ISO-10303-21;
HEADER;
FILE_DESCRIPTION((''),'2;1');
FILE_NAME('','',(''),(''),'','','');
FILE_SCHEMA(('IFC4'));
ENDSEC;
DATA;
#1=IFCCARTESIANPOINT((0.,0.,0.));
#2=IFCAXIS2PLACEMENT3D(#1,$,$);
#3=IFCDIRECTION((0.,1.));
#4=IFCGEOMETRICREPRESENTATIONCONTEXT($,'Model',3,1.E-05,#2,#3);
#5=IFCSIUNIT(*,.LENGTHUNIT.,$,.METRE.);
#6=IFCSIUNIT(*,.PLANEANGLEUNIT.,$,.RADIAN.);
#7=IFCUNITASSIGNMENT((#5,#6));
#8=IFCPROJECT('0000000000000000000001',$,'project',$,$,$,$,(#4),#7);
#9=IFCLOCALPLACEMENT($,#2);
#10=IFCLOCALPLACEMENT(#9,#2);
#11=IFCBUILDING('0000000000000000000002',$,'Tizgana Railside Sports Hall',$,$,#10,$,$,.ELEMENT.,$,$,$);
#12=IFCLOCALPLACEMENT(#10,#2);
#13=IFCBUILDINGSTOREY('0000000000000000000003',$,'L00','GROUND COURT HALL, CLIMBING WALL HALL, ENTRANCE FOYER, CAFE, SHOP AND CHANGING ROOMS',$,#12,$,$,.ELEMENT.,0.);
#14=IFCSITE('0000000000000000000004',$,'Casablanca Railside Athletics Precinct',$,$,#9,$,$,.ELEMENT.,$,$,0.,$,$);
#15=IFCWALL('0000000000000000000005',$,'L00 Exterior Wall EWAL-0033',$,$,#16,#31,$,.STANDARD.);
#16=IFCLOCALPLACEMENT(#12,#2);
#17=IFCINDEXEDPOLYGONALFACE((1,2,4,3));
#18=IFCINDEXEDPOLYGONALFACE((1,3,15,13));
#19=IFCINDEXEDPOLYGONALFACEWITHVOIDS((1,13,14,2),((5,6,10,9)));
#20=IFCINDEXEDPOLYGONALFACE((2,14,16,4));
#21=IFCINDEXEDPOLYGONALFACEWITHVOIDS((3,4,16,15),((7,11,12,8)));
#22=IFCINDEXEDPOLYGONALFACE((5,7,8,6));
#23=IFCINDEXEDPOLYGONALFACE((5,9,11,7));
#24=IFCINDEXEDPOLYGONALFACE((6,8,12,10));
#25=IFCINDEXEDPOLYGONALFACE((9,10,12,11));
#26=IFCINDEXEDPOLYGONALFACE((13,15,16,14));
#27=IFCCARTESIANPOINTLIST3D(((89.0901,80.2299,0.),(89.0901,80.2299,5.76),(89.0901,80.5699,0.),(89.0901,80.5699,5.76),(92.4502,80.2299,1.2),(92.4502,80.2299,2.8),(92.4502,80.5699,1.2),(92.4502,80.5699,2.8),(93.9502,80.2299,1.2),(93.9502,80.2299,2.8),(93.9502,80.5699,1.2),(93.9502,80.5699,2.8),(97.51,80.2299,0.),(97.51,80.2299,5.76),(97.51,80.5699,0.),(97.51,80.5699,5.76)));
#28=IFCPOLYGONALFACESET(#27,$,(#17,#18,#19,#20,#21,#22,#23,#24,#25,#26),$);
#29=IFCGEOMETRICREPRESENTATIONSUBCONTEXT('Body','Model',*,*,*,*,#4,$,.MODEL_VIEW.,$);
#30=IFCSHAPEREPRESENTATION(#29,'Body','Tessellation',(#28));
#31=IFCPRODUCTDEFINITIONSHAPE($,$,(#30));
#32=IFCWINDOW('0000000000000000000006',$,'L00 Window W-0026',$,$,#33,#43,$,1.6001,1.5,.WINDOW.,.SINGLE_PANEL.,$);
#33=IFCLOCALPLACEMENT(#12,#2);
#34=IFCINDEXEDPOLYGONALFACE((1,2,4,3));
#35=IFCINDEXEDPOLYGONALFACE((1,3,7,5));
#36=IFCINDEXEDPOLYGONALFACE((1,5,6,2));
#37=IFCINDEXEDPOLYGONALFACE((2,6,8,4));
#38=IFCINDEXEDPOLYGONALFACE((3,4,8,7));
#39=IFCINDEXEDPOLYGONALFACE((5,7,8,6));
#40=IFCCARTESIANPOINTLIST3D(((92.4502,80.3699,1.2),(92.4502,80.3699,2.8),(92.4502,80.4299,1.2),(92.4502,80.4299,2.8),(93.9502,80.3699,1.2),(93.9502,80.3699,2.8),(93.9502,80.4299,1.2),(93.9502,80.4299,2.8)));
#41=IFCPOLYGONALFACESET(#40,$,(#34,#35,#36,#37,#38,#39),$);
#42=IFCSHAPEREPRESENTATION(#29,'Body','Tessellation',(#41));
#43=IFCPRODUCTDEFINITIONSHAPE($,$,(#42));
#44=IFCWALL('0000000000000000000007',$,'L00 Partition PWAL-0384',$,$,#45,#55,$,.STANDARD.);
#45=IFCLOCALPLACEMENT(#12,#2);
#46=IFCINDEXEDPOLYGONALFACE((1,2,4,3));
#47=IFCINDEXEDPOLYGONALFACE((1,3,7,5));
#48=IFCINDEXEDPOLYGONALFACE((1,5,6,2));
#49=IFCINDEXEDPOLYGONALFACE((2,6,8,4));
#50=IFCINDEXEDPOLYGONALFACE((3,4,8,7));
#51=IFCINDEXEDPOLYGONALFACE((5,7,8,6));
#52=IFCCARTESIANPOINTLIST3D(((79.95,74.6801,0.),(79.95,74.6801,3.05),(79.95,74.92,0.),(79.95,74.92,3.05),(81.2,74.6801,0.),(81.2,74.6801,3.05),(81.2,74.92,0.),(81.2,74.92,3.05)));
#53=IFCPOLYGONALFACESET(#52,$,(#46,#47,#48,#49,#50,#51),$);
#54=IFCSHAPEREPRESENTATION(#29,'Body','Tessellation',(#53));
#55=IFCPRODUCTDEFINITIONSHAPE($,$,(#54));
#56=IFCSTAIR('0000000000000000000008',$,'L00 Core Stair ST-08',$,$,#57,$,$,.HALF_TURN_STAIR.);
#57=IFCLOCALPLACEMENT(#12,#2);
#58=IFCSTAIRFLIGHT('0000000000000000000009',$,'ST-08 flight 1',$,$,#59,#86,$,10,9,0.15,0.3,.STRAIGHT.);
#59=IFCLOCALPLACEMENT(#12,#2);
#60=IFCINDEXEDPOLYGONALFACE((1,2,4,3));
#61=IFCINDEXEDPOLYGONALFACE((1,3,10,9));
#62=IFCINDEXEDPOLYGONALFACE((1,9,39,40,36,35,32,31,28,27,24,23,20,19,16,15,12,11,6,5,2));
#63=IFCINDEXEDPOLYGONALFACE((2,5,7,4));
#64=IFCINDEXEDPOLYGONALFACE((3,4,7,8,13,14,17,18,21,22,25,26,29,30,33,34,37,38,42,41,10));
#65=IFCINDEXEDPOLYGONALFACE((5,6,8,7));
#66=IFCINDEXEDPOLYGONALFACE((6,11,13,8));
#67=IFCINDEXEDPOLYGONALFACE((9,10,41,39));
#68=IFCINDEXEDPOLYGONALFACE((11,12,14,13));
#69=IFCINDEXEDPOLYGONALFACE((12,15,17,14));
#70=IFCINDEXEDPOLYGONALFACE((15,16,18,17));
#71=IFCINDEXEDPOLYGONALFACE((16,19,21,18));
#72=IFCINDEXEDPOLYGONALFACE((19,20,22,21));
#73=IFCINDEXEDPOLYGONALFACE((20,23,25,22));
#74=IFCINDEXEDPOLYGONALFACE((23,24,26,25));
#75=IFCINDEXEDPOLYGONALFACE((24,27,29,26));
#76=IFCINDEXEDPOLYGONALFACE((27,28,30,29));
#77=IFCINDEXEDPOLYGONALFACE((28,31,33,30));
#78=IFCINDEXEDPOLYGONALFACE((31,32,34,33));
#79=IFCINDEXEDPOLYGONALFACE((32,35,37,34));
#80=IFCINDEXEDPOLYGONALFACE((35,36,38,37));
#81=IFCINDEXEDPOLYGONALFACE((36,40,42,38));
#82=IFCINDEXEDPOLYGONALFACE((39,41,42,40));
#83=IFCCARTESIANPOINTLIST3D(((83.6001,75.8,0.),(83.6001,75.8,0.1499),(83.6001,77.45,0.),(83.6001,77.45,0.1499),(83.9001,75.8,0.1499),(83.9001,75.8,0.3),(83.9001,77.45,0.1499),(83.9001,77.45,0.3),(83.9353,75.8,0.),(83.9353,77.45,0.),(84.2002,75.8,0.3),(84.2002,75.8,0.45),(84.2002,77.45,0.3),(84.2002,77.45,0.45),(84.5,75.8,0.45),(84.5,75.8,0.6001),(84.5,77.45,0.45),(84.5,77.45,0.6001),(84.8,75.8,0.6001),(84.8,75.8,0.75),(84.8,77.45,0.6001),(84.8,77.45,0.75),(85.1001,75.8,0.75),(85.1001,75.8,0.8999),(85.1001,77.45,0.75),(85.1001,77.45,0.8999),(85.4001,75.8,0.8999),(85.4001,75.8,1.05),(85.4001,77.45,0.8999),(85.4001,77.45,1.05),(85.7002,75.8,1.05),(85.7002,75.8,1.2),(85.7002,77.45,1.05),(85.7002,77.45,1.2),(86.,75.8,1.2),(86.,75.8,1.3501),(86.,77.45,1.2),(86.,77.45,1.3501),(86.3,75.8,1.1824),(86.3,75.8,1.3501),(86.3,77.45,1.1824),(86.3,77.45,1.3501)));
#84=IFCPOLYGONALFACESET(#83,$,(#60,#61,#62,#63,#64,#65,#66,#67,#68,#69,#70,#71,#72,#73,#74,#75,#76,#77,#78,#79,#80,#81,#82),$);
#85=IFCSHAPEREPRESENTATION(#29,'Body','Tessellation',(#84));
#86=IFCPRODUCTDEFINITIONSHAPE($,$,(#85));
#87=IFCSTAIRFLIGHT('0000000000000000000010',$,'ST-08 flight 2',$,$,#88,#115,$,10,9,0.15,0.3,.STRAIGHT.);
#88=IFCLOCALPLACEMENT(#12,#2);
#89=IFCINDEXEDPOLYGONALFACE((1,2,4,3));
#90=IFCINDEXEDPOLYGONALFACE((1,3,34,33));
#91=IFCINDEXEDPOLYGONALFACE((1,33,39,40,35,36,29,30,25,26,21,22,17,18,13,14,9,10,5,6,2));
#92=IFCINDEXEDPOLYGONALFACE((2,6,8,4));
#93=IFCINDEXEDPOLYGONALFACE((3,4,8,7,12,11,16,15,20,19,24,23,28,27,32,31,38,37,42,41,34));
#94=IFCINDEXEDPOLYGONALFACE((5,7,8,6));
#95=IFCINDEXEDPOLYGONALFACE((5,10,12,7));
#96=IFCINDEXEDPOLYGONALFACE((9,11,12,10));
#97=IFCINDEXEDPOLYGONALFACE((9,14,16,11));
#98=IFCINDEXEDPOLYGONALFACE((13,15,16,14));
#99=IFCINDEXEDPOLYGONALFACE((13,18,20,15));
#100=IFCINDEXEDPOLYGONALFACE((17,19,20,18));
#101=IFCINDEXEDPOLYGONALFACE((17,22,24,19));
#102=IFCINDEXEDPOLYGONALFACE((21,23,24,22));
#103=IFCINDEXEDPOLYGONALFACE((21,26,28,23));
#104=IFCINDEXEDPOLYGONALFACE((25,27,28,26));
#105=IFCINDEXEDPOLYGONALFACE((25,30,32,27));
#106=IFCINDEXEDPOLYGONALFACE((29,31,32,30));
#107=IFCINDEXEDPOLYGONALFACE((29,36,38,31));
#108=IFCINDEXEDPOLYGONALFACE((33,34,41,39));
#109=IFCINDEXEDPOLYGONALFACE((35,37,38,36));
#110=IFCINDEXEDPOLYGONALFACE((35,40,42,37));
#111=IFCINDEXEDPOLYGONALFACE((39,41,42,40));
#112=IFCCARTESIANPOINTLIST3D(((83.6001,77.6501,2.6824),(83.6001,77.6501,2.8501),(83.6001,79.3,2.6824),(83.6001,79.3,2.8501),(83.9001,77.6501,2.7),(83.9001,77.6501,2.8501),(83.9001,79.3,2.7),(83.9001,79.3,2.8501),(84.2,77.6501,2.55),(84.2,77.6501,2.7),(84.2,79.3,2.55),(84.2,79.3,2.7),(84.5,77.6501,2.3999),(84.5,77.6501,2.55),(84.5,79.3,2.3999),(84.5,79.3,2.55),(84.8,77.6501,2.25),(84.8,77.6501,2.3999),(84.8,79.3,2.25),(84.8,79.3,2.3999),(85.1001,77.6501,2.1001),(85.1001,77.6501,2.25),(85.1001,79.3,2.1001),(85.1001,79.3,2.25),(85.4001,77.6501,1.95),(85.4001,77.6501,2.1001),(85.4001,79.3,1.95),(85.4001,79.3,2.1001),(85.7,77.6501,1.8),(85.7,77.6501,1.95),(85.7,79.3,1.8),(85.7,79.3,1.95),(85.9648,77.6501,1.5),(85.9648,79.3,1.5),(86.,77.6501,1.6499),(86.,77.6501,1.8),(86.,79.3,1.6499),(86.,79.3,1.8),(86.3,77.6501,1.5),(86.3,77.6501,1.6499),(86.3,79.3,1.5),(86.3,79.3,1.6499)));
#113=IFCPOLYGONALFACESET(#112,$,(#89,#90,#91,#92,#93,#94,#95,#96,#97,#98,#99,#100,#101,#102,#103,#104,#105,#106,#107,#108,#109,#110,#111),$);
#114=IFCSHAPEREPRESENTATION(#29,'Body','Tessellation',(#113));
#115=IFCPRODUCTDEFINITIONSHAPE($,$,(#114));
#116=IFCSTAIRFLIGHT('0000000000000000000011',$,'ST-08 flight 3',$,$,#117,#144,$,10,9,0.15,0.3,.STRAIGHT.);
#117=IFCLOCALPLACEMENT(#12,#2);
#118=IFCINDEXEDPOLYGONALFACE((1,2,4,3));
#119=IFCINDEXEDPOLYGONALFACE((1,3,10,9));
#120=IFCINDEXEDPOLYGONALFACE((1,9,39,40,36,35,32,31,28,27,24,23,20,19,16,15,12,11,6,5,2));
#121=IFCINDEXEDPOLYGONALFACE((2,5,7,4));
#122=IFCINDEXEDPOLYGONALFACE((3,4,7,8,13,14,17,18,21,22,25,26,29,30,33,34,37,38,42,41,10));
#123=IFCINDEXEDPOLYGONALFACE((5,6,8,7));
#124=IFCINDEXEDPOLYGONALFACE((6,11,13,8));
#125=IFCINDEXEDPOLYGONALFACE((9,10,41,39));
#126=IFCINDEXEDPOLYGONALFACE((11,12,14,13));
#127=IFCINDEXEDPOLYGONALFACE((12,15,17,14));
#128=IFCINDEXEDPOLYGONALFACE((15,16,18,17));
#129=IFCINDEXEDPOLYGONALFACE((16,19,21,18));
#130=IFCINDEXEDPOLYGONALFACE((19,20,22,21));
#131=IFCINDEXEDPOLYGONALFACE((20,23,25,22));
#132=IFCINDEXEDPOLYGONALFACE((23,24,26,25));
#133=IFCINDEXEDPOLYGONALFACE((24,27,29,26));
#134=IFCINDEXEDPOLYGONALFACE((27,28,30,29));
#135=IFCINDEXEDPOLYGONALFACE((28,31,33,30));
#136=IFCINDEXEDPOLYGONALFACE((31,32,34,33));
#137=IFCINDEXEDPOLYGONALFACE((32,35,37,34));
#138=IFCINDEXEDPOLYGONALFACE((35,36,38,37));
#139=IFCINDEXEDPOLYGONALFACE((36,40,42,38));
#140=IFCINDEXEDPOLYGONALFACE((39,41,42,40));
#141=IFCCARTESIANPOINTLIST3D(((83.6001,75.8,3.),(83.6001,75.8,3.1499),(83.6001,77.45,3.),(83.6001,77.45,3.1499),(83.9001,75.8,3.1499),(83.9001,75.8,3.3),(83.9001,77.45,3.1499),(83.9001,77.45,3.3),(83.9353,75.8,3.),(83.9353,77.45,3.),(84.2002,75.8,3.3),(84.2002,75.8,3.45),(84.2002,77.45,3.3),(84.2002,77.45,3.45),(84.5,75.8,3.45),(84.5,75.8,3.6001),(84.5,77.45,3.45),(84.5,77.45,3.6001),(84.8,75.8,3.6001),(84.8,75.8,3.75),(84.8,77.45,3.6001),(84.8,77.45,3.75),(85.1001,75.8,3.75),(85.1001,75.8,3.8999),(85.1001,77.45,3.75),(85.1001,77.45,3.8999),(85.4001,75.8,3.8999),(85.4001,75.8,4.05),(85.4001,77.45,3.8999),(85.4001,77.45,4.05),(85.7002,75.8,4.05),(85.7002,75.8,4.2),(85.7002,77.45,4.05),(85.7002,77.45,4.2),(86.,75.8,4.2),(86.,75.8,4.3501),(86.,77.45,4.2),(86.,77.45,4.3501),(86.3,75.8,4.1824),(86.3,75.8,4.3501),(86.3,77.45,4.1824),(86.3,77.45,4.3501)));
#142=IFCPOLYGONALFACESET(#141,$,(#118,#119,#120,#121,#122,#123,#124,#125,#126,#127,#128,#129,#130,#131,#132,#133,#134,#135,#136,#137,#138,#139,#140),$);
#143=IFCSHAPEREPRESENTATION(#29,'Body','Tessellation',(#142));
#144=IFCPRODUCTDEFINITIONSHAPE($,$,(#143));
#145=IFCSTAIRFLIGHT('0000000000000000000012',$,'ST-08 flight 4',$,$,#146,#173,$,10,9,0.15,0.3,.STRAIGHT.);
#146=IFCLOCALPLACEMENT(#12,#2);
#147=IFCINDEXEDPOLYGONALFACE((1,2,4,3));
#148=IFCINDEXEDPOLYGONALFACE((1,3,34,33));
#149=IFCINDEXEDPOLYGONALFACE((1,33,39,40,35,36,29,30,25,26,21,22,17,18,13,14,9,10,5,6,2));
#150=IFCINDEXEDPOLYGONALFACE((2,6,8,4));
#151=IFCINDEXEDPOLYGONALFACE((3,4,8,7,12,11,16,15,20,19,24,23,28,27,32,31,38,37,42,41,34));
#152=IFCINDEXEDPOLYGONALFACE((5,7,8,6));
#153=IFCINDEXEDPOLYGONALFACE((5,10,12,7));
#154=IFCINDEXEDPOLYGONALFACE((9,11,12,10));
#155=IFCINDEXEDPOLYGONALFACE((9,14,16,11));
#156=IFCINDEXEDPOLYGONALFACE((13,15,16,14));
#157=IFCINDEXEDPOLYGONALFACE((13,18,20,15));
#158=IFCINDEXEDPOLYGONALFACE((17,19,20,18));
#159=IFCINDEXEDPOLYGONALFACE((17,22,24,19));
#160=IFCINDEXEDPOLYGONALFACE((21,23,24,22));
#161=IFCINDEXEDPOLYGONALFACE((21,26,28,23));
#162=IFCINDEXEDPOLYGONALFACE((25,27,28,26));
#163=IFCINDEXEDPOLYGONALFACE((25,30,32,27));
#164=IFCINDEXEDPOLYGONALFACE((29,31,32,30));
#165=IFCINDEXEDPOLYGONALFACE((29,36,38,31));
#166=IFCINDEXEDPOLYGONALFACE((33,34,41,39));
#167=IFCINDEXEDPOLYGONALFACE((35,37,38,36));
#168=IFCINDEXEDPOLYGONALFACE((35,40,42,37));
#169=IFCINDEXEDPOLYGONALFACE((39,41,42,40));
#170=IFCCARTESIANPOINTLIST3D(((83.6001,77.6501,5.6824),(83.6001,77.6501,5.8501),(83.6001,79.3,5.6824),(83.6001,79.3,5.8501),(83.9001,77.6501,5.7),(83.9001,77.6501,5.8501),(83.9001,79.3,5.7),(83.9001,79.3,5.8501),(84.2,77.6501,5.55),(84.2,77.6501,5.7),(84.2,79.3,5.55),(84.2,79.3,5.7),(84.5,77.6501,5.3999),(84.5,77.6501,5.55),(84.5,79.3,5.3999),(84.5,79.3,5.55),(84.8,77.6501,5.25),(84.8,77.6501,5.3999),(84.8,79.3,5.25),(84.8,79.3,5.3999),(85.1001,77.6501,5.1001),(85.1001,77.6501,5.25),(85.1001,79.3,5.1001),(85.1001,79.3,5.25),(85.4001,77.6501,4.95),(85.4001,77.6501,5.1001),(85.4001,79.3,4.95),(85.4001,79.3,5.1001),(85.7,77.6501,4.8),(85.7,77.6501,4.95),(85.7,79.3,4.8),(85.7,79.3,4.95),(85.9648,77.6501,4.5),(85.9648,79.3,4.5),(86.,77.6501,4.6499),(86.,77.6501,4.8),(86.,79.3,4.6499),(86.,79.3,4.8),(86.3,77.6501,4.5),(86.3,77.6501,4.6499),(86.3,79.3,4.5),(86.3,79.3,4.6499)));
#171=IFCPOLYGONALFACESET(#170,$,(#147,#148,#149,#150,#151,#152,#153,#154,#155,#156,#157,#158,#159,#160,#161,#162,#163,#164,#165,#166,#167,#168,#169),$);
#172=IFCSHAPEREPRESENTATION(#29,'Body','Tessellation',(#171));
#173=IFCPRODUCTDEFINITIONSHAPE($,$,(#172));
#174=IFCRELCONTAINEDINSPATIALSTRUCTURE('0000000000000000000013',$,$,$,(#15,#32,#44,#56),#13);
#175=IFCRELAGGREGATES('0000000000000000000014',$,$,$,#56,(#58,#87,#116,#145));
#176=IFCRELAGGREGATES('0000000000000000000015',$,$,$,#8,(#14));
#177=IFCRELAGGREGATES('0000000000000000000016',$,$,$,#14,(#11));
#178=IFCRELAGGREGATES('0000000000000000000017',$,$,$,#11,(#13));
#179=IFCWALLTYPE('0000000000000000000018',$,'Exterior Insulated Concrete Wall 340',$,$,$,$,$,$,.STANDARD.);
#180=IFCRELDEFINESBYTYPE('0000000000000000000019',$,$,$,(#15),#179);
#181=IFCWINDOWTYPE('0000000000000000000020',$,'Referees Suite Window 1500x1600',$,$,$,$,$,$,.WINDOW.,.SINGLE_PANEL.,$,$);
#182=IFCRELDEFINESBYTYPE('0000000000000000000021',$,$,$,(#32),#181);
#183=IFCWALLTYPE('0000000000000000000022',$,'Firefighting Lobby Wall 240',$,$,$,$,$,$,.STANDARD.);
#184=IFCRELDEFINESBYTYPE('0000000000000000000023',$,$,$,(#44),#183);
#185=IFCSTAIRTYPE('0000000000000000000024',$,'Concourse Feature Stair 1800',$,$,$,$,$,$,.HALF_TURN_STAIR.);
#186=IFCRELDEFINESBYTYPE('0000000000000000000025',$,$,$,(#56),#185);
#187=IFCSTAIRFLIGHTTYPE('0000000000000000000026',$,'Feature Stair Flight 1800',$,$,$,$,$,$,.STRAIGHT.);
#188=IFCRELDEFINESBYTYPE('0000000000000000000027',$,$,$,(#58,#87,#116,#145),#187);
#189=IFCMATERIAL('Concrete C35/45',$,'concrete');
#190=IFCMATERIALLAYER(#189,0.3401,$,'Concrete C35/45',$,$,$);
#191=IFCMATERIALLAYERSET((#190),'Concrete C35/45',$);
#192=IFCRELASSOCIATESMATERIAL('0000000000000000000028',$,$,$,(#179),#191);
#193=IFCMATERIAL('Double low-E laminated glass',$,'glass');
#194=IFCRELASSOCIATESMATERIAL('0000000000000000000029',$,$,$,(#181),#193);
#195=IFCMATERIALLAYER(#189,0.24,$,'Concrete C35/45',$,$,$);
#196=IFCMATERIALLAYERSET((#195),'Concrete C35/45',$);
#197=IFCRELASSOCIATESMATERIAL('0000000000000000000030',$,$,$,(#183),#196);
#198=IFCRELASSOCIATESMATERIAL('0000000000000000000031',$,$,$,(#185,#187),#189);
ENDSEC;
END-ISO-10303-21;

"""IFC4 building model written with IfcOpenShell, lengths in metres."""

from ifc_helpers import new_model, si_unit, direction, frame, frame_2d, origin, place, context, subcontext, project, spatial, polyline, rectangle, outline, extrude, material, layer, layer_set, type_object, element, fill, aggregate, save


model = new_model("IFC4")

# Units and contexts
model_context = context("Model", 3, precision=1e-05, world=origin(), true_north=direction((0.0, 1.0)))
body_context = subcontext(model_context, "Body", "Model", "MODEL_VIEW")
ifc_project = project(units=[si_unit("LENGTHUNIT", "METRE"), si_unit("PLANEANGLEUNIT", "RADIAN")], contexts=[model_context])

# Site, building, storey
site_placement = place(None, origin())
site = spatial("IfcSite", under=ifc_project, at=site_placement, Name="Casablanca Railside Athletics Precinct", CompositionType="ELEMENT", RefElevation=0.0)
building_placement = place(site_placement, origin())
building = spatial("IfcBuilding", under=site, at=building_placement, Name="Tizgana Railside Sports Hall", CompositionType="ELEMENT")
storey_placement = place(building_placement, origin())
storey = spatial("IfcBuildingStorey", under=building, at=storey_placement, Name="L00", Description="GROUND COURT HALL, CLIMBING WALL HALL, ENTRANCE FOYER, CAFE, SHOP AND CHANGING ROOMS", CompositionType="ELEMENT", Elevation=0.0)

# Shared definitions
ifc_material_1 = material(Name="Concrete C35/45", Category="concrete")
ifc_layer_1 = layer(ifc_material_1, 0.3401, Name="Concrete C35/45")
ifc_layer_set_1 = layer_set([ifc_layer_1], Name="Concrete C35/45")
wall_type_1 = type_object("IfcWallType", Name="Exterior Insulated Concrete Wall 340", PredefinedType="STANDARD", material=ifc_layer_set_1)

# Wall, opening, window
wall_1_placement = place(storey_placement, frame((89.0901, 80.3999, 0.0), z_axis=(0.0, 0.0, 1.0), x_axis=(1.0, 0.0, 0.0)))
wall_1 = element("IfcWall", 1, at=wall_1_placement, inside=storey, type_object=wall_type_1, Name="L00 Exterior Wall EWAL-0033", PredefinedType="STANDARD", context=body_context, shape_type="SweptSolid", body=[
    extrude(rectangle(XDim=8.4199, YDim=0.3401, at=frame_2d((4.21, 0.0))), origin(), (0.0, 0.0, 1.0), 5.76),
])
opening_1_placement = place(wall_1_placement, frame((3.3601, 0.0, 1.2)))
opening_1 = element("IfcOpeningElement", 2, at=opening_1_placement, cuts=wall_1, PredefinedType="OPENING", context=body_context, shape_type="SweptSolid", body=[
    extrude(rectangle(XDim=1.5, YDim=1.6001, at=frame_2d((0.75, 0.8))), frame((0.0, 0.1799, 0.0), z_axis=(0.0, -1.0, 0.0), x_axis=(1.0, 0.0, 0.0)), (0.0, 0.0, 1.0), 0.3601),
])
ifc_material_2 = material(Name="Double low-E laminated glass", Category="glass")
window_type = type_object("IfcWindowType", Name="Referees Suite Window 1500x1600", PartitioningType="SINGLE_PANEL", PredefinedType="WINDOW", material=ifc_material_2)
window_placement = place(opening_1_placement, origin())
window = element("IfcWindow", 3, at=window_placement, inside=storey, type_object=window_type, Name="L00 Window W-0026", OverallHeight=1.6001, OverallWidth=1.5, PartitioningType="SINGLE_PANEL", PredefinedType="WINDOW", context=body_context, shape_type="SweptSolid", body=[
    extrude(rectangle(XDim=1.5, YDim=1.6001, at=frame_2d((0.75, 0.8))), frame((0.0, 0.03, 0.0), z_axis=(0.0, -1.0, 0.0), x_axis=(1.0, 0.0, 0.0)), (0.0, 0.0, 1.0), 0.0601),
])
fill(opening_1, window)

# Wall
ifc_layer_2 = layer(ifc_material_1, 0.24, Name="Concrete C35/45")
ifc_layer_set_2 = layer_set([ifc_layer_2], Name="Concrete C35/45")
wall_type_2 = type_object("IfcWallType", Name="Firefighting Lobby Wall 240", PredefinedType="STANDARD", material=ifc_layer_set_2)
wall_2_placement = place(storey_placement, frame((79.95, 74.8, 0.0), z_axis=(0.0, 0.0, 1.0), x_axis=(1.0, 0.0, 0.0)))
element("IfcWall", 4, at=wall_2_placement, inside=storey, type_object=wall_type_2, Name="L00 Partition PWAL-0384", PredefinedType="STANDARD", context=body_context, shape_type="SweptSolid", body=[
    extrude(rectangle(XDim=1.25, YDim=0.24, at=frame_2d((0.625, 0.0))), origin(), (0.0, 0.0, 1.0), 3.05),
])

# Stair, stair flights
stair_type = type_object("IfcStairType", Name="Concourse Feature Stair 1800", PredefinedType="HALF_TURN_STAIR", material=ifc_material_1)
stair_placement = place(storey_placement, origin())
stair = element("IfcStair", 5, at=stair_placement, inside=storey, type_object=stair_type, Name="L00 Core Stair ST-08", PredefinedType="HALF_TURN_STAIR")
stair_flight_type = type_object("IfcStairFlightType", Name="Feature Stair Flight 1800", PredefinedType="STRAIGHT", material=ifc_material_1)
stair_flight_1_placement = place(storey_placement, frame((83.6001, 76.625, 0.0), z_axis=(0.0, 0.0, 1.0), x_axis=(1.0, 0.0, 0.0)))
stair_flight_1 = element("IfcStairFlight", 6, at=stair_flight_1_placement, type_object=stair_flight_type, Name="ST-08 flight 1", NumberOfRisers=10, NumberOfTreads=9, PredefinedType="STRAIGHT", RiserHeight=0.15, TreadLength=0.3, context=body_context, shape_type="SweptSolid", body=[
    extrude(outline(polyline([(0.0, 0.0), (0.0, 0.1499), (0.3, 0.1499), (0.3, 0.3), (0.6001, 0.3), (0.6001, 0.45), (0.8999, 0.45), (0.8999, 0.6001), (1.2, 0.6001), (1.2, 0.75), (1.5, 0.75), (1.5, 0.8999), (1.8, 0.8999), (1.8, 1.05), (2.1001, 1.05), (2.1001, 1.2), (2.3999, 1.2), (2.3999, 1.3501), (2.7, 1.3501), (2.7, 1.5), (2.7, 1.1824), (0.3352, 0.0), (0.0, 0.0)])), frame((0.0, 0.825, 0.0), z_axis=(0.0, -1.0, 0.0), x_axis=(1.0, 0.0, 0.0)), (0.0, 0.0, 1.0), 1.6499),
])
stair_flight_2_placement = place(storey_placement, frame((86.3, 78.4751, 1.5), z_axis=(0.0, 0.0, 1.0), x_axis=(-1.0, 0.0, 0.0)))
stair_flight_2 = element("IfcStairFlight", 7, at=stair_flight_2_placement, type_object=stair_flight_type, Name="ST-08 flight 2", NumberOfRisers=10, NumberOfTreads=9, PredefinedType="STRAIGHT", RiserHeight=0.15, TreadLength=0.3, context=body_context, shape_type="SweptSolid", body=[
    extrude(outline(polyline([(0.0, 0.0), (0.0, 0.1499), (0.3, 0.1499), (0.3, 0.3), (0.6001, 0.3), (0.6001, 0.45), (0.8999, 0.45), (0.8999, 0.6001), (1.2, 0.6001), (1.2, 0.75), (1.5, 0.75), (1.5, 0.8999), (1.8, 0.8999), (1.8, 1.05), (2.1001, 1.05), (2.1001, 1.2), (2.3999, 1.2), (2.3999, 1.3501), (2.7, 1.3501), (2.7, 1.5), (2.7, 1.1824), (0.3352, 0.0), (0.0, 0.0)])), frame((0.0, 0.825, 0.0), z_axis=(0.0, -1.0, 0.0), x_axis=(1.0, 0.0, 0.0)), (0.0, 0.0, 1.0), 1.6499),
])
stair_flight_3_placement = place(storey_placement, frame((83.6001, 76.625, 3.0), z_axis=(0.0, 0.0, 1.0), x_axis=(1.0, 0.0, 0.0)))
stair_flight_3 = element("IfcStairFlight", 8, at=stair_flight_3_placement, type_object=stair_flight_type, Name="ST-08 flight 3", NumberOfRisers=10, NumberOfTreads=9, PredefinedType="STRAIGHT", RiserHeight=0.15, TreadLength=0.3, context=body_context, shape_type="SweptSolid", body=[
    extrude(outline(polyline([(0.0, 0.0), (0.0, 0.1499), (0.3, 0.1499), (0.3, 0.3), (0.6001, 0.3), (0.6001, 0.45), (0.8999, 0.45), (0.8999, 0.6001), (1.2, 0.6001), (1.2, 0.75), (1.5, 0.75), (1.5, 0.8999), (1.8, 0.8999), (1.8, 1.05), (2.1001, 1.05), (2.1001, 1.2), (2.3999, 1.2), (2.3999, 1.3501), (2.7, 1.3501), (2.7, 1.5), (2.7, 1.1824), (0.3352, 0.0), (0.0, 0.0)])), frame((0.0, 0.825, 0.0), z_axis=(0.0, -1.0, 0.0), x_axis=(1.0, 0.0, 0.0)), (0.0, 0.0, 1.0), 1.6499),
])
stair_flight_4_placement = place(storey_placement, frame((86.3, 78.4751, 4.5), z_axis=(0.0, 0.0, 1.0), x_axis=(-1.0, 0.0, 0.0)))
stair_flight_4 = element("IfcStairFlight", 9, at=stair_flight_4_placement, type_object=stair_flight_type, Name="ST-08 flight 4", NumberOfRisers=10, NumberOfTreads=9, PredefinedType="STRAIGHT", RiserHeight=0.15, TreadLength=0.3, context=body_context, shape_type="SweptSolid", body=[
    extrude(outline(polyline([(0.0, 0.0), (0.0, 0.1499), (0.3, 0.1499), (0.3, 0.3), (0.6001, 0.3), (0.6001, 0.45), (0.8999, 0.45), (0.8999, 0.6001), (1.2, 0.6001), (1.2, 0.75), (1.5, 0.75), (1.5, 0.8999), (1.8, 0.8999), (1.8, 1.05), (2.1001, 1.05), (2.1001, 1.2), (2.3999, 1.2), (2.3999, 1.3501), (2.7, 1.3501), (2.7, 1.5), (2.7, 1.1824), (0.3352, 0.0), (0.0, 0.0)])), frame((0.0, 0.825, 0.0), z_axis=(0.0, -1.0, 0.0), x_axis=(1.0, 0.0, 0.0)), (0.0, 0.0, 1.0), 1.6499),
])
aggregate(stair, [stair_flight_1, stair_flight_2, stair_flight_3, stair_flight_4])

save(model, "model.ifc")
